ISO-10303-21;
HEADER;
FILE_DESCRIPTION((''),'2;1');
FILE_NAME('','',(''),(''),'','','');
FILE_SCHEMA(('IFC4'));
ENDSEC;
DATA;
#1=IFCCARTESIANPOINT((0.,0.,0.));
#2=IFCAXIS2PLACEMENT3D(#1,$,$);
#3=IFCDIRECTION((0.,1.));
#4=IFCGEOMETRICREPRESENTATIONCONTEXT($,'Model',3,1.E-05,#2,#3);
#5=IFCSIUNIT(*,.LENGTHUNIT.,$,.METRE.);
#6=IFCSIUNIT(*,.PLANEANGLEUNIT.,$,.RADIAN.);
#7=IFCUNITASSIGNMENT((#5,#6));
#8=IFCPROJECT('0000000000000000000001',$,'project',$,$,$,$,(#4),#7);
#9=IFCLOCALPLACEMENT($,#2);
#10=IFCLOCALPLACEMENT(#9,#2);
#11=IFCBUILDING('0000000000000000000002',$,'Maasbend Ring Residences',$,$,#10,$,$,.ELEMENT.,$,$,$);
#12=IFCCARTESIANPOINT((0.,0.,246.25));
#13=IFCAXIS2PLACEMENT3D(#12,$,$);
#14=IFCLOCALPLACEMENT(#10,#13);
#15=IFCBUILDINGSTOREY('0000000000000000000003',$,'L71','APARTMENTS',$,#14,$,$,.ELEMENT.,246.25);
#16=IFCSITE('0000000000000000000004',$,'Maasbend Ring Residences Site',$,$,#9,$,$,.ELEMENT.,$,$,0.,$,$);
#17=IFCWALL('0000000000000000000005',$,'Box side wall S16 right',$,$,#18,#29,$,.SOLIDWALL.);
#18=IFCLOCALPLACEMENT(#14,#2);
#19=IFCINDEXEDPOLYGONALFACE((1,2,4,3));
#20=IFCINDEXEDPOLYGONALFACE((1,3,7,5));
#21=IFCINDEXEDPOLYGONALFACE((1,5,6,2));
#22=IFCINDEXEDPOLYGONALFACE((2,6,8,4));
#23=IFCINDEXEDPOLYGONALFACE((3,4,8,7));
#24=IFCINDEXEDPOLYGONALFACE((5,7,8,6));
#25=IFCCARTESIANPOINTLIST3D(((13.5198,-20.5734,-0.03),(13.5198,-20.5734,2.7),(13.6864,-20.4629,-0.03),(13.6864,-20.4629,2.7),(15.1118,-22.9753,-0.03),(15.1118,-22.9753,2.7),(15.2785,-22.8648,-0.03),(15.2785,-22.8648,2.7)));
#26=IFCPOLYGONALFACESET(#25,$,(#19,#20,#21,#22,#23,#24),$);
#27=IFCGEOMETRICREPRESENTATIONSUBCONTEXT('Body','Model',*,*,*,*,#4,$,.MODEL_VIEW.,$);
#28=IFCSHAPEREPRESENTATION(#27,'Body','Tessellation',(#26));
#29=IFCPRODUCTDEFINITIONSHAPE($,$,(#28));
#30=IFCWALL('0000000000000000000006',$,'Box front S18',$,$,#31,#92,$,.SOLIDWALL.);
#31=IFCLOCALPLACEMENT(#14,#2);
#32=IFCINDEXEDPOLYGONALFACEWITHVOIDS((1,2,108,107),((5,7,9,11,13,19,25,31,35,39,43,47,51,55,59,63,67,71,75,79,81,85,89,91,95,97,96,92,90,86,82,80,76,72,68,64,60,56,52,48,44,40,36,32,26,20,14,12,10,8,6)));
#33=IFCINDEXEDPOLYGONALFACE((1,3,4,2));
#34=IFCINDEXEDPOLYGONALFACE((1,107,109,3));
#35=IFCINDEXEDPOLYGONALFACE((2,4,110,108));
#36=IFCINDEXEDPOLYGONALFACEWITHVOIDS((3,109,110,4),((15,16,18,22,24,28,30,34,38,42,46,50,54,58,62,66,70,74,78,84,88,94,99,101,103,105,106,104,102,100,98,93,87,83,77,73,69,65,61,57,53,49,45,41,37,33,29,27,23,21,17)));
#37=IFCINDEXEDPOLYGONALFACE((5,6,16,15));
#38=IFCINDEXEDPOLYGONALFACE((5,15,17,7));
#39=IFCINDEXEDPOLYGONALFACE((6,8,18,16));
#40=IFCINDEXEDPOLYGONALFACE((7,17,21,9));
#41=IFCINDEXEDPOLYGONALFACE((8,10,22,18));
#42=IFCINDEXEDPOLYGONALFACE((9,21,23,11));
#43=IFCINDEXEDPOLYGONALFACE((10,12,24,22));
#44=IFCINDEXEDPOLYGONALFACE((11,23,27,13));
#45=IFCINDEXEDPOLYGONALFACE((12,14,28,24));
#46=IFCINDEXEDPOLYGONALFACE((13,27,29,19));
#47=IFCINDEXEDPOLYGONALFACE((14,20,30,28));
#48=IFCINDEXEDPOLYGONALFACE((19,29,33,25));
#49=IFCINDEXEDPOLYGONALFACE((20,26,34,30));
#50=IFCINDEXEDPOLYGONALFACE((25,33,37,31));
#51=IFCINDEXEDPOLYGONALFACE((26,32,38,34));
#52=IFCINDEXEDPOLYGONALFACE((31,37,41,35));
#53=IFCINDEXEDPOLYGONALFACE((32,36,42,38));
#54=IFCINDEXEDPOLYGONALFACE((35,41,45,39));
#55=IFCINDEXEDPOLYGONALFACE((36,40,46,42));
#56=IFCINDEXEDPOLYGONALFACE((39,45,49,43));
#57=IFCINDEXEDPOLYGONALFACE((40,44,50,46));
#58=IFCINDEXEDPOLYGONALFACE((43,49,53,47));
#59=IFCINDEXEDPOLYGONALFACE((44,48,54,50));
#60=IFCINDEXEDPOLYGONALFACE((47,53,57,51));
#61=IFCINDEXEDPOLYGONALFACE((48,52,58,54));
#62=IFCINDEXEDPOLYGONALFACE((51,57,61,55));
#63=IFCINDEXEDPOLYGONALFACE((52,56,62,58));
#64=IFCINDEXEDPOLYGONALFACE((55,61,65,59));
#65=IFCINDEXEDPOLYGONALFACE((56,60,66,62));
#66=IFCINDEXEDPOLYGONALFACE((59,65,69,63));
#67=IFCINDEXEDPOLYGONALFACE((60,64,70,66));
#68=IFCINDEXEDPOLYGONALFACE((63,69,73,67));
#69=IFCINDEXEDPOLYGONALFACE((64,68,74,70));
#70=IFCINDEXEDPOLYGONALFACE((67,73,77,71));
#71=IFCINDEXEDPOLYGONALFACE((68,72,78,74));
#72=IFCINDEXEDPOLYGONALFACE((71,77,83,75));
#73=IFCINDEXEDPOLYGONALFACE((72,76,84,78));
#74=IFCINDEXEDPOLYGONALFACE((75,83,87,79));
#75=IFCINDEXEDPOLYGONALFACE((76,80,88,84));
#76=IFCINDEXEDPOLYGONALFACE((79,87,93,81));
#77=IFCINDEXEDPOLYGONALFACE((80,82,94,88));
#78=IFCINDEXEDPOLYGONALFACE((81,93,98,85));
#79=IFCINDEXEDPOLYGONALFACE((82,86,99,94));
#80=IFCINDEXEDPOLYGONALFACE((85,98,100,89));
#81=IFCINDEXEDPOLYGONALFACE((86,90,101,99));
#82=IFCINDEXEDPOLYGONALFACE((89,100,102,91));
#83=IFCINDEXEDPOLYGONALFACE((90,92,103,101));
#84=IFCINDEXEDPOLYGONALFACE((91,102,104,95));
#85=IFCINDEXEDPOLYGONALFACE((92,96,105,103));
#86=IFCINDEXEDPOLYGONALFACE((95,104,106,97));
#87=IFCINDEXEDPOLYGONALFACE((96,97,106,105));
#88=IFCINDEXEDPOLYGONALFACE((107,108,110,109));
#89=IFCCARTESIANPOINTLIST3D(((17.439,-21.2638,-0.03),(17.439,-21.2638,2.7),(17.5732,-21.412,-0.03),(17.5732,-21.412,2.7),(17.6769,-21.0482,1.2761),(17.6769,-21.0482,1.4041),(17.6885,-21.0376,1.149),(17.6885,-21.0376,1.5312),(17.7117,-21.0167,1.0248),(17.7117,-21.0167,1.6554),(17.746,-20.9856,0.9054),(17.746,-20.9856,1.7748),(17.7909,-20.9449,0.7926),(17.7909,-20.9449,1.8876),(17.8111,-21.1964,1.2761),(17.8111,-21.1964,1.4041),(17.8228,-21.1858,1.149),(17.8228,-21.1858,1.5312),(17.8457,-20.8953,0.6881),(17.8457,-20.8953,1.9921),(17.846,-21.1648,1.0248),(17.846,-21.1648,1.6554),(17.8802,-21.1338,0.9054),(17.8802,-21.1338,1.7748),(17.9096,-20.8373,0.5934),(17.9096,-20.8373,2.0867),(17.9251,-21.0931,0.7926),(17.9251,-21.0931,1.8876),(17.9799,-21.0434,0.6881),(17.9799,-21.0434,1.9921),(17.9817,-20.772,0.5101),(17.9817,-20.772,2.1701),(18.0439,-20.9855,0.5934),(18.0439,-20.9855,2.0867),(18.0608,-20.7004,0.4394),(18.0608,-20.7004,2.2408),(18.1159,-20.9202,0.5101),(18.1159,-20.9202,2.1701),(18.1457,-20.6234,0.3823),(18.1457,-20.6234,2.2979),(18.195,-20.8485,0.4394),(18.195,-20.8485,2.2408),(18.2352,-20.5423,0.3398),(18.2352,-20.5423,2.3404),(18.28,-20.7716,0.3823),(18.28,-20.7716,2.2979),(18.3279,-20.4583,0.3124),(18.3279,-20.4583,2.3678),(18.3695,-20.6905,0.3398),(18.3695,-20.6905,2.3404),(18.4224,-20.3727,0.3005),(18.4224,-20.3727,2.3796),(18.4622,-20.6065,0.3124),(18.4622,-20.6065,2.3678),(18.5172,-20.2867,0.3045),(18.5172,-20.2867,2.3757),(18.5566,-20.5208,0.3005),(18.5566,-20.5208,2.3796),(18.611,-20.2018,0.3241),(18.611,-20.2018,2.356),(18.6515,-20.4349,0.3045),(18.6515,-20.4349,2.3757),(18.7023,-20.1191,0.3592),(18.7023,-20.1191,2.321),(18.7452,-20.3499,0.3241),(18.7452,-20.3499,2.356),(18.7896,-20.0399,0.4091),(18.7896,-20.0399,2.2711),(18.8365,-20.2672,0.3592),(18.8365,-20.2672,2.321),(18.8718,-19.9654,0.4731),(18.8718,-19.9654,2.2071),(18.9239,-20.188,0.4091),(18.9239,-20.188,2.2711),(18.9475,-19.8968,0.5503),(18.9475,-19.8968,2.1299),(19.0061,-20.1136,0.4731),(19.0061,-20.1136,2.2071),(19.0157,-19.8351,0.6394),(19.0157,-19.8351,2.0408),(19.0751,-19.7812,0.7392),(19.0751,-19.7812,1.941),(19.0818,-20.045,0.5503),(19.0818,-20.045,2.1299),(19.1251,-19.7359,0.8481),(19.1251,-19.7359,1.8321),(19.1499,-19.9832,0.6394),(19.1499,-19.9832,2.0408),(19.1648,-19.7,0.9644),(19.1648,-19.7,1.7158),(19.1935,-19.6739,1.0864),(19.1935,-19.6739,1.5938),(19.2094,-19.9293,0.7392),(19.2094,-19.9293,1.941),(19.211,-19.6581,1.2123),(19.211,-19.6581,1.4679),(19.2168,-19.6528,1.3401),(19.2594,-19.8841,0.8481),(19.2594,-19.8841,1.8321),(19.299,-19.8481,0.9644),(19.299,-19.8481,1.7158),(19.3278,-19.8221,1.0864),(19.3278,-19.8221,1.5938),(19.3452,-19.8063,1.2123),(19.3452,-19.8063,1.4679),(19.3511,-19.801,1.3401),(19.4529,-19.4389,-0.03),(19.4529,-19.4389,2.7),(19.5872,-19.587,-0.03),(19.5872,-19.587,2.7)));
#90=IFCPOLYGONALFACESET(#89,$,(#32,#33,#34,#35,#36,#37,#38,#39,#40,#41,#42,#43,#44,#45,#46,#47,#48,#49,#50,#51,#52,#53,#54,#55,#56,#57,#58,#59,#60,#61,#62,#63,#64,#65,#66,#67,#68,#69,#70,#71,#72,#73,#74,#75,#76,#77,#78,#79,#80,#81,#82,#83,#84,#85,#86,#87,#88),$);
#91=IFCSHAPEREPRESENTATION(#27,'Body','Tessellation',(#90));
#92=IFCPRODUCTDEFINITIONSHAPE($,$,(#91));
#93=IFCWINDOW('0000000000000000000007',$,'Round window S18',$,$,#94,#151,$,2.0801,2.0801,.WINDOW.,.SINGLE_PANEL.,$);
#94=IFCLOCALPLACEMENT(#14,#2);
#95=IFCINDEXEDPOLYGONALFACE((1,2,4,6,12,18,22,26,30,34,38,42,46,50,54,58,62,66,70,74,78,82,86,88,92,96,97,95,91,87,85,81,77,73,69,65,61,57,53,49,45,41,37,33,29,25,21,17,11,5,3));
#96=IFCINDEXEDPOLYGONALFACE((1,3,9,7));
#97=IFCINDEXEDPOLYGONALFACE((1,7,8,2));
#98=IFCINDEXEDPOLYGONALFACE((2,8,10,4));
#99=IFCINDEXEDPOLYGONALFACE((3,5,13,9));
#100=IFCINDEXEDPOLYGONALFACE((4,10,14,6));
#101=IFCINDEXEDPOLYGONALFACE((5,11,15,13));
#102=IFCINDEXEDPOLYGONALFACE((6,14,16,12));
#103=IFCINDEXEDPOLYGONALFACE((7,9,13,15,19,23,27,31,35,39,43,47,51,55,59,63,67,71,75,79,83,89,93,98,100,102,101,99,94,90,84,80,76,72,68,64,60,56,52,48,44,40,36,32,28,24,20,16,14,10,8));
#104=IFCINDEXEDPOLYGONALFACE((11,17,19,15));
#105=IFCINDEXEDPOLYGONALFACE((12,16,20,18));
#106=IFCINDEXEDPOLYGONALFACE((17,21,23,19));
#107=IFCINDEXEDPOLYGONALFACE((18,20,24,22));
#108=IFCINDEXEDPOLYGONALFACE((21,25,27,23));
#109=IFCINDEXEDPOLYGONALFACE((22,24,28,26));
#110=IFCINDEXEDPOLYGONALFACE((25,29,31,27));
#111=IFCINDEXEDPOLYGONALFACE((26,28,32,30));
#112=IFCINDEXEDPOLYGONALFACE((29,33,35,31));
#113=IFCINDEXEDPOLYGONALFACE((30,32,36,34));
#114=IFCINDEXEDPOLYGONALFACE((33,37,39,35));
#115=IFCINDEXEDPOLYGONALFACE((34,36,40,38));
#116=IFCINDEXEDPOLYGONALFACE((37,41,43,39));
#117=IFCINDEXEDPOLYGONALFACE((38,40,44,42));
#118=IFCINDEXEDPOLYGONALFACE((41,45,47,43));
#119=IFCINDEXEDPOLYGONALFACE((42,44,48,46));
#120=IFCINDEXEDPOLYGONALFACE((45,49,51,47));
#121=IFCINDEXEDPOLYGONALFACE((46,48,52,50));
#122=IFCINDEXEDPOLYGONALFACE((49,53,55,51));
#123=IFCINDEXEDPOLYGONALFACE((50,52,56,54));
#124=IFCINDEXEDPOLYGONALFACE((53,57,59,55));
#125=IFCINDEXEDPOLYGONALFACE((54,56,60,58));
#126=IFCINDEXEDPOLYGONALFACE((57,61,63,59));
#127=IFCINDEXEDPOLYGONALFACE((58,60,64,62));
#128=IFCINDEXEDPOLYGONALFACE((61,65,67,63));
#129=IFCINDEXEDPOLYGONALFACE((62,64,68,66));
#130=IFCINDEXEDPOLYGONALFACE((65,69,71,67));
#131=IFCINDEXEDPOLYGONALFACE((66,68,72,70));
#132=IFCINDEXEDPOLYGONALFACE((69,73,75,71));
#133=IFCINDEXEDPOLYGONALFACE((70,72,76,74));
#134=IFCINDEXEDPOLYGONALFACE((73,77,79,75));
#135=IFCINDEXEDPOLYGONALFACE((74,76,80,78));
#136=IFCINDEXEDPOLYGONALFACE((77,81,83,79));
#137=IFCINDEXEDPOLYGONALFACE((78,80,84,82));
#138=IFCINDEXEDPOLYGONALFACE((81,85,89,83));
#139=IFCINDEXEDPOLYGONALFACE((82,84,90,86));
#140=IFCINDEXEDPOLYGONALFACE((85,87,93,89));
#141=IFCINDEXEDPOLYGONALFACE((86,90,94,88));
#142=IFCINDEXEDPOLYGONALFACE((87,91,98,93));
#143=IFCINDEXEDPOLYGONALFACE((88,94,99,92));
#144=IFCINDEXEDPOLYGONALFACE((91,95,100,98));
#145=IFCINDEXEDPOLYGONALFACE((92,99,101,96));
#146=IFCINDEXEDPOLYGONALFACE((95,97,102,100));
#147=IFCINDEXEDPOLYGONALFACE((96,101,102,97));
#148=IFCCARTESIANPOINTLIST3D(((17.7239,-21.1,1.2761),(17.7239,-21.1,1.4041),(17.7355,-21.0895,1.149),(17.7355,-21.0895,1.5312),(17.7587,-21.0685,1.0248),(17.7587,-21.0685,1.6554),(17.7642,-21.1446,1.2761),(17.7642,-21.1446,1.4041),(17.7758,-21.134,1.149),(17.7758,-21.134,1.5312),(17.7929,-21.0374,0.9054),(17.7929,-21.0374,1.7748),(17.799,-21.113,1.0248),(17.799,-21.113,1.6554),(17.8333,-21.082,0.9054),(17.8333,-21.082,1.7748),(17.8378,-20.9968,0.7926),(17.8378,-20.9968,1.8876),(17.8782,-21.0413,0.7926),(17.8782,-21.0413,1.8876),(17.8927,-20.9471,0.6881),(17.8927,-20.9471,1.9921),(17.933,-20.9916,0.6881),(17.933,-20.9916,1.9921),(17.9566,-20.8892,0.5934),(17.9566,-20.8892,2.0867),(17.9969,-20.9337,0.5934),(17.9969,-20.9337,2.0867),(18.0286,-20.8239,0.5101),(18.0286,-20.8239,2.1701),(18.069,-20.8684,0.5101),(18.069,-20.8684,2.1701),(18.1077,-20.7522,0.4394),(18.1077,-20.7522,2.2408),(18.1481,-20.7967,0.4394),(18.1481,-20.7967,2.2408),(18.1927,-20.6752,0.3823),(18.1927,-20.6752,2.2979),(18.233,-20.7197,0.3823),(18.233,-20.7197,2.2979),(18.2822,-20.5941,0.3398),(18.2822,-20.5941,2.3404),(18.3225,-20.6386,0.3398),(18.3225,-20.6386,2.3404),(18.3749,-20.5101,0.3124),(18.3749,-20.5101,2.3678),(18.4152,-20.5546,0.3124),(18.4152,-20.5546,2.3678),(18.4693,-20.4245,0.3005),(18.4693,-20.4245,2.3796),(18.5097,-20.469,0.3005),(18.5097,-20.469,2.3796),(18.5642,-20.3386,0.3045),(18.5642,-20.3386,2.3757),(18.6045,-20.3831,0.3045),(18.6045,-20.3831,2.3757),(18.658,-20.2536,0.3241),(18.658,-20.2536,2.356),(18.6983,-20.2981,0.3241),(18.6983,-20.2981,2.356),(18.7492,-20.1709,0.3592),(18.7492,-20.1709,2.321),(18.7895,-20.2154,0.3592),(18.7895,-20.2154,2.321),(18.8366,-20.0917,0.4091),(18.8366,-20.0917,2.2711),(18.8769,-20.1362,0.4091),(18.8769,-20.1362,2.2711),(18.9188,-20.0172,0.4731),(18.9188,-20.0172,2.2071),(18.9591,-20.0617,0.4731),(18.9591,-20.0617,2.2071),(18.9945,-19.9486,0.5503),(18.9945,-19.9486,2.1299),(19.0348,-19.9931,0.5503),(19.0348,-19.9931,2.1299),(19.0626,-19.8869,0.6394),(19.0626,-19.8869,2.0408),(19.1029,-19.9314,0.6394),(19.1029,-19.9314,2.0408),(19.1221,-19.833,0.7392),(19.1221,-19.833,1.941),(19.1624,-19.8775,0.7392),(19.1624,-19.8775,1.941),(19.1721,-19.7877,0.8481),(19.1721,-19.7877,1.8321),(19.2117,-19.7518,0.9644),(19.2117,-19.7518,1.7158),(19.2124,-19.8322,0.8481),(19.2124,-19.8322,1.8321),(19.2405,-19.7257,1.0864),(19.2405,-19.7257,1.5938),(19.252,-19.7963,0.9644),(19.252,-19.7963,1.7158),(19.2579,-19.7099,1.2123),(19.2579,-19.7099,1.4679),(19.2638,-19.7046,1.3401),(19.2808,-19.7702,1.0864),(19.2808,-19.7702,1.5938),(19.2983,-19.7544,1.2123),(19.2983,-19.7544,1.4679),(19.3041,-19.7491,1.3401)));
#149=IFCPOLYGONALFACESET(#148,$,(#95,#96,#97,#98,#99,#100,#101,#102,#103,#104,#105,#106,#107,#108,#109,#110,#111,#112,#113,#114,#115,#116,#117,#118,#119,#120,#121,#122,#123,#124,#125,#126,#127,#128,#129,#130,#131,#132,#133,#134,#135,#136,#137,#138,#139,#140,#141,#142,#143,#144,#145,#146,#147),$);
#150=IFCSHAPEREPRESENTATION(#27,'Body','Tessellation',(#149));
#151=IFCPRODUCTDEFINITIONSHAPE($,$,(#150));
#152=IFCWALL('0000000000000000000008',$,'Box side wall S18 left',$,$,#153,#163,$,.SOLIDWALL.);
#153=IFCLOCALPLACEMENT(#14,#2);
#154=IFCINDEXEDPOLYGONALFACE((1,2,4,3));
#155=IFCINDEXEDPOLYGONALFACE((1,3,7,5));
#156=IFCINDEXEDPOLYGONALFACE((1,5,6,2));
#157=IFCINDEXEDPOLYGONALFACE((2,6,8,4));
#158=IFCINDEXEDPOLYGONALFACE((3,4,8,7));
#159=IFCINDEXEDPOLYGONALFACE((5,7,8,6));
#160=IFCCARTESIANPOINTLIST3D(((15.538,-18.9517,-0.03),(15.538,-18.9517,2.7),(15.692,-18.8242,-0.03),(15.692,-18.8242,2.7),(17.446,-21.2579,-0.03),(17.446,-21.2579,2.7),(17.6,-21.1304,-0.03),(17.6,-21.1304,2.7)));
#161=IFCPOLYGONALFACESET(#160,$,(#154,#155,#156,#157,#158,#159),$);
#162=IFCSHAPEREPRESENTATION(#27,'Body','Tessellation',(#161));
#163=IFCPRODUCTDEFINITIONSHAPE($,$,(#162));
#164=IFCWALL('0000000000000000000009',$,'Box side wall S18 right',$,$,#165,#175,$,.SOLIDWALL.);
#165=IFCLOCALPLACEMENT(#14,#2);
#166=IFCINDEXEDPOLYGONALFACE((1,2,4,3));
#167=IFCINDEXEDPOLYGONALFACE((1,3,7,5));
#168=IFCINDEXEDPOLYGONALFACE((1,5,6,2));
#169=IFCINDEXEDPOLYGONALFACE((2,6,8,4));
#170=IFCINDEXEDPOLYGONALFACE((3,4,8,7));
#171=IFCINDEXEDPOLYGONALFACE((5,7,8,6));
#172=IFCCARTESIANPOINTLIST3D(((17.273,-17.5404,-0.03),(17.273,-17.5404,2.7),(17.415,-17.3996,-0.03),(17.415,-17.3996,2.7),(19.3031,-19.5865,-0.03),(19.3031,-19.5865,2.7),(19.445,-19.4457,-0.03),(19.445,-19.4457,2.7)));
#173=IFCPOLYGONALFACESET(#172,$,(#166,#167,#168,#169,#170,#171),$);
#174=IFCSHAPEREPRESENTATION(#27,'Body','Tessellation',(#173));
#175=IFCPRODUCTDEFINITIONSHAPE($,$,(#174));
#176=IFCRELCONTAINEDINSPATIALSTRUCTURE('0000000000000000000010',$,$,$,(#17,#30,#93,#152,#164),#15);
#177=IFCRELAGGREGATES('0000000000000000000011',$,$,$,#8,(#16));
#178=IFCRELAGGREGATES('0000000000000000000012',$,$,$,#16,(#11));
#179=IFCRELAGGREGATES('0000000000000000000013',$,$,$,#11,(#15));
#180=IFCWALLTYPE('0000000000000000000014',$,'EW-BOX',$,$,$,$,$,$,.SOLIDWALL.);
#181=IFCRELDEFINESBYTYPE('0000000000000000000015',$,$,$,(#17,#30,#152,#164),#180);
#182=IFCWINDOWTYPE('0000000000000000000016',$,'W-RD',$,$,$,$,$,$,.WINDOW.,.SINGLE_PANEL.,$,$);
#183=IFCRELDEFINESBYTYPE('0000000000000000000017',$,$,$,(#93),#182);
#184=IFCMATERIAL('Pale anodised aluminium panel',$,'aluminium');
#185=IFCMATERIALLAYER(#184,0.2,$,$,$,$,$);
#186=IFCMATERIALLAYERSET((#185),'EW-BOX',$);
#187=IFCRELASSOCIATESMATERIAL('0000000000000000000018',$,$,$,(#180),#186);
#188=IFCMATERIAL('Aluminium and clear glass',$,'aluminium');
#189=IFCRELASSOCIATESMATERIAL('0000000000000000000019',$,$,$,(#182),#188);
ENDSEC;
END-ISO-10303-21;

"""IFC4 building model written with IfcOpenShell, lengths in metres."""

from ifc_helpers import new_model, si_unit, direction, frame, frame_2d, origin, place, context, subcontext, project, spatial, rectangle, circle, extrude, material, layer, layer_set, type_object, element, fill, save


model = new_model("IFC4")

# Units and contexts
model_context = context("Model", 3, precision=1e-05, world=origin(), true_north=direction((0.0, 1.0)))
body_context = subcontext(model_context, "Body", "Model", "MODEL_VIEW")
ifc_project = project(units=[si_unit("LENGTHUNIT", "METRE"), si_unit("PLANEANGLEUNIT", "RADIAN")], contexts=[model_context])

# Site, building, storey
site_placement = place(None, origin())
site = spatial("IfcSite", under=ifc_project, at=site_placement, Name="Maasbend Ring Residences Site", CompositionType="ELEMENT", RefElevation=0.0)
building_placement = place(site_placement, origin())
building = spatial("IfcBuilding", under=site, at=building_placement, Name="Maasbend Ring Residences", CompositionType="ELEMENT")
storey_placement = place(building_placement, frame((0.0, 0.0, 246.25)))
storey = spatial("IfcBuildingStorey", under=building, at=storey_placement, Name="L71", Description="APARTMENTS", CompositionType="ELEMENT", Elevation=246.25)

# Shared definitions
ifc_material_1 = material(Name="Pale anodised aluminium panel", Category="aluminium")
ifc_layer_1 = layer(ifc_material_1, 0.2)
ifc_layer_set_1 = layer_set([ifc_layer_1], Name="EW-BOX")
wall_type_1 = type_object("IfcWallType", Name="EW-BOX", PredefinedType="SOLIDWALL", material=ifc_layer_set_1)
ifc_material_2 = material(Name="Aluminium and clear glass", Category="aluminium")
window_type_1 = type_object("IfcWindowType", Name="W-RD", PartitioningType="SINGLE_PANEL", PredefinedType="WINDOW", material=ifc_material_2)

# Wall
wall_1_placement = place(storey_placement, frame((13.603, -20.5181, -0.03), z_axis=(0.0, 0.0, 1.0), x_axis=(0.552489, -0.83352, 0.0)))
element("IfcWall", 1, at=wall_1_placement, inside=storey, type_object=wall_type_1, Name="Box side wall S16 right", PredefinedType="SOLIDWALL", context=body_context, shape_type="SweptSolid", body=[
    extrude(rectangle(XDim=2.8816, YDim=0.2, at=frame_2d((1.4409, 0.0))), origin(), (0.0, 0.0, 1.0), 2.73),
])

# Wall, opening, window
wall_2_placement = place(storey_placement, frame((17.5061, -21.3379, -0.03), z_axis=(0.0, 0.0, 1.0), x_axis=(0.741016, 0.671487, 0.0)))
wall_2 = element("IfcWall", 2, at=wall_2_placement, inside=storey, type_object=wall_type_1, Name="Box front S18", PredefinedType="SOLIDWALL", context=body_context, shape_type="SweptSolid", body=[
    extrude(rectangle(XDim=2.7178, YDim=0.2, at=frame_2d((1.3589, 0.0))), origin(), (0.0, 0.0, 1.0), 2.73),
])
opening_1_placement = place(wall_2_placement, frame((0.3191, 0.0, 0.3301)))
opening_1 = element("IfcOpeningElement", 3, at=opening_1_placement, cuts=wall_2, PredefinedType="OPENING", context=body_context, shape_type="SweptSolid", body=[
    extrude(circle(Radius=1.04, at=frame_2d((1.04, 1.04))), frame((0.0, 0.1099, 0.0), z_axis=(0.0, -1.0, 0.0), x_axis=(1.0, 0.0, 0.0)), (0.0, 0.0, 1.0), 0.22),
])
window_1_placement = place(opening_1_placement, origin())
window_1 = element("IfcWindow", 4, at=window_1_placement, inside=storey, type_object=window_type_1, Name="Round window S18", OverallHeight=2.0801, OverallWidth=2.0801, PartitioningType="SINGLE_PANEL", PredefinedType="WINDOW", context=body_context, shape_type="SweptSolid", body=[
    extrude(circle(Radius=1.04, at=frame_2d((1.04, 1.04))), frame((0.0, 0.03, 0.0), z_axis=(0.0, -1.0, 0.0), x_axis=(1.0, 0.0, 0.0)), (0.0, 0.0, 1.0), 0.0601),
])
fill(opening_1, window_1)

# Walls
wall_3_placement = place(storey_placement, frame((15.615, -18.8879, -0.03), z_axis=(0.0, 0.0, 1.0), x_axis=(0.637453, -0.77049, 0.0)))
element("IfcWall", 5, at=wall_3_placement, inside=storey, type_object=wall_type_1, Name="Box side wall S18 left", PredefinedType="SOLIDWALL", context=body_context, shape_type="SweptSolid", body=[
    extrude(rectangle(XDim=2.9932, YDim=0.2, at=frame_2d((1.4966, 0.0))), origin(), (0.0, 0.0, 1.0), 2.73),
])
wall_4_placement = place(storey_placement, frame((17.344, -17.47, -0.03), z_axis=(0.0, 0.0, 1.0), x_axis=(0.704306, -0.709896, 0.0)))
element("IfcWall", 6, at=wall_4_placement, inside=storey, type_object=wall_type_1, Name="Box side wall S18 right", PredefinedType="SOLIDWALL", context=body_context, shape_type="SweptSolid", body=[
    extrude(rectangle(XDim=2.8823, YDim=0.2, at=frame_2d((1.4412, 0.0))), origin(), (0.0, 0.0, 1.0), 2.73),
])

save(model, "model.ifc")
